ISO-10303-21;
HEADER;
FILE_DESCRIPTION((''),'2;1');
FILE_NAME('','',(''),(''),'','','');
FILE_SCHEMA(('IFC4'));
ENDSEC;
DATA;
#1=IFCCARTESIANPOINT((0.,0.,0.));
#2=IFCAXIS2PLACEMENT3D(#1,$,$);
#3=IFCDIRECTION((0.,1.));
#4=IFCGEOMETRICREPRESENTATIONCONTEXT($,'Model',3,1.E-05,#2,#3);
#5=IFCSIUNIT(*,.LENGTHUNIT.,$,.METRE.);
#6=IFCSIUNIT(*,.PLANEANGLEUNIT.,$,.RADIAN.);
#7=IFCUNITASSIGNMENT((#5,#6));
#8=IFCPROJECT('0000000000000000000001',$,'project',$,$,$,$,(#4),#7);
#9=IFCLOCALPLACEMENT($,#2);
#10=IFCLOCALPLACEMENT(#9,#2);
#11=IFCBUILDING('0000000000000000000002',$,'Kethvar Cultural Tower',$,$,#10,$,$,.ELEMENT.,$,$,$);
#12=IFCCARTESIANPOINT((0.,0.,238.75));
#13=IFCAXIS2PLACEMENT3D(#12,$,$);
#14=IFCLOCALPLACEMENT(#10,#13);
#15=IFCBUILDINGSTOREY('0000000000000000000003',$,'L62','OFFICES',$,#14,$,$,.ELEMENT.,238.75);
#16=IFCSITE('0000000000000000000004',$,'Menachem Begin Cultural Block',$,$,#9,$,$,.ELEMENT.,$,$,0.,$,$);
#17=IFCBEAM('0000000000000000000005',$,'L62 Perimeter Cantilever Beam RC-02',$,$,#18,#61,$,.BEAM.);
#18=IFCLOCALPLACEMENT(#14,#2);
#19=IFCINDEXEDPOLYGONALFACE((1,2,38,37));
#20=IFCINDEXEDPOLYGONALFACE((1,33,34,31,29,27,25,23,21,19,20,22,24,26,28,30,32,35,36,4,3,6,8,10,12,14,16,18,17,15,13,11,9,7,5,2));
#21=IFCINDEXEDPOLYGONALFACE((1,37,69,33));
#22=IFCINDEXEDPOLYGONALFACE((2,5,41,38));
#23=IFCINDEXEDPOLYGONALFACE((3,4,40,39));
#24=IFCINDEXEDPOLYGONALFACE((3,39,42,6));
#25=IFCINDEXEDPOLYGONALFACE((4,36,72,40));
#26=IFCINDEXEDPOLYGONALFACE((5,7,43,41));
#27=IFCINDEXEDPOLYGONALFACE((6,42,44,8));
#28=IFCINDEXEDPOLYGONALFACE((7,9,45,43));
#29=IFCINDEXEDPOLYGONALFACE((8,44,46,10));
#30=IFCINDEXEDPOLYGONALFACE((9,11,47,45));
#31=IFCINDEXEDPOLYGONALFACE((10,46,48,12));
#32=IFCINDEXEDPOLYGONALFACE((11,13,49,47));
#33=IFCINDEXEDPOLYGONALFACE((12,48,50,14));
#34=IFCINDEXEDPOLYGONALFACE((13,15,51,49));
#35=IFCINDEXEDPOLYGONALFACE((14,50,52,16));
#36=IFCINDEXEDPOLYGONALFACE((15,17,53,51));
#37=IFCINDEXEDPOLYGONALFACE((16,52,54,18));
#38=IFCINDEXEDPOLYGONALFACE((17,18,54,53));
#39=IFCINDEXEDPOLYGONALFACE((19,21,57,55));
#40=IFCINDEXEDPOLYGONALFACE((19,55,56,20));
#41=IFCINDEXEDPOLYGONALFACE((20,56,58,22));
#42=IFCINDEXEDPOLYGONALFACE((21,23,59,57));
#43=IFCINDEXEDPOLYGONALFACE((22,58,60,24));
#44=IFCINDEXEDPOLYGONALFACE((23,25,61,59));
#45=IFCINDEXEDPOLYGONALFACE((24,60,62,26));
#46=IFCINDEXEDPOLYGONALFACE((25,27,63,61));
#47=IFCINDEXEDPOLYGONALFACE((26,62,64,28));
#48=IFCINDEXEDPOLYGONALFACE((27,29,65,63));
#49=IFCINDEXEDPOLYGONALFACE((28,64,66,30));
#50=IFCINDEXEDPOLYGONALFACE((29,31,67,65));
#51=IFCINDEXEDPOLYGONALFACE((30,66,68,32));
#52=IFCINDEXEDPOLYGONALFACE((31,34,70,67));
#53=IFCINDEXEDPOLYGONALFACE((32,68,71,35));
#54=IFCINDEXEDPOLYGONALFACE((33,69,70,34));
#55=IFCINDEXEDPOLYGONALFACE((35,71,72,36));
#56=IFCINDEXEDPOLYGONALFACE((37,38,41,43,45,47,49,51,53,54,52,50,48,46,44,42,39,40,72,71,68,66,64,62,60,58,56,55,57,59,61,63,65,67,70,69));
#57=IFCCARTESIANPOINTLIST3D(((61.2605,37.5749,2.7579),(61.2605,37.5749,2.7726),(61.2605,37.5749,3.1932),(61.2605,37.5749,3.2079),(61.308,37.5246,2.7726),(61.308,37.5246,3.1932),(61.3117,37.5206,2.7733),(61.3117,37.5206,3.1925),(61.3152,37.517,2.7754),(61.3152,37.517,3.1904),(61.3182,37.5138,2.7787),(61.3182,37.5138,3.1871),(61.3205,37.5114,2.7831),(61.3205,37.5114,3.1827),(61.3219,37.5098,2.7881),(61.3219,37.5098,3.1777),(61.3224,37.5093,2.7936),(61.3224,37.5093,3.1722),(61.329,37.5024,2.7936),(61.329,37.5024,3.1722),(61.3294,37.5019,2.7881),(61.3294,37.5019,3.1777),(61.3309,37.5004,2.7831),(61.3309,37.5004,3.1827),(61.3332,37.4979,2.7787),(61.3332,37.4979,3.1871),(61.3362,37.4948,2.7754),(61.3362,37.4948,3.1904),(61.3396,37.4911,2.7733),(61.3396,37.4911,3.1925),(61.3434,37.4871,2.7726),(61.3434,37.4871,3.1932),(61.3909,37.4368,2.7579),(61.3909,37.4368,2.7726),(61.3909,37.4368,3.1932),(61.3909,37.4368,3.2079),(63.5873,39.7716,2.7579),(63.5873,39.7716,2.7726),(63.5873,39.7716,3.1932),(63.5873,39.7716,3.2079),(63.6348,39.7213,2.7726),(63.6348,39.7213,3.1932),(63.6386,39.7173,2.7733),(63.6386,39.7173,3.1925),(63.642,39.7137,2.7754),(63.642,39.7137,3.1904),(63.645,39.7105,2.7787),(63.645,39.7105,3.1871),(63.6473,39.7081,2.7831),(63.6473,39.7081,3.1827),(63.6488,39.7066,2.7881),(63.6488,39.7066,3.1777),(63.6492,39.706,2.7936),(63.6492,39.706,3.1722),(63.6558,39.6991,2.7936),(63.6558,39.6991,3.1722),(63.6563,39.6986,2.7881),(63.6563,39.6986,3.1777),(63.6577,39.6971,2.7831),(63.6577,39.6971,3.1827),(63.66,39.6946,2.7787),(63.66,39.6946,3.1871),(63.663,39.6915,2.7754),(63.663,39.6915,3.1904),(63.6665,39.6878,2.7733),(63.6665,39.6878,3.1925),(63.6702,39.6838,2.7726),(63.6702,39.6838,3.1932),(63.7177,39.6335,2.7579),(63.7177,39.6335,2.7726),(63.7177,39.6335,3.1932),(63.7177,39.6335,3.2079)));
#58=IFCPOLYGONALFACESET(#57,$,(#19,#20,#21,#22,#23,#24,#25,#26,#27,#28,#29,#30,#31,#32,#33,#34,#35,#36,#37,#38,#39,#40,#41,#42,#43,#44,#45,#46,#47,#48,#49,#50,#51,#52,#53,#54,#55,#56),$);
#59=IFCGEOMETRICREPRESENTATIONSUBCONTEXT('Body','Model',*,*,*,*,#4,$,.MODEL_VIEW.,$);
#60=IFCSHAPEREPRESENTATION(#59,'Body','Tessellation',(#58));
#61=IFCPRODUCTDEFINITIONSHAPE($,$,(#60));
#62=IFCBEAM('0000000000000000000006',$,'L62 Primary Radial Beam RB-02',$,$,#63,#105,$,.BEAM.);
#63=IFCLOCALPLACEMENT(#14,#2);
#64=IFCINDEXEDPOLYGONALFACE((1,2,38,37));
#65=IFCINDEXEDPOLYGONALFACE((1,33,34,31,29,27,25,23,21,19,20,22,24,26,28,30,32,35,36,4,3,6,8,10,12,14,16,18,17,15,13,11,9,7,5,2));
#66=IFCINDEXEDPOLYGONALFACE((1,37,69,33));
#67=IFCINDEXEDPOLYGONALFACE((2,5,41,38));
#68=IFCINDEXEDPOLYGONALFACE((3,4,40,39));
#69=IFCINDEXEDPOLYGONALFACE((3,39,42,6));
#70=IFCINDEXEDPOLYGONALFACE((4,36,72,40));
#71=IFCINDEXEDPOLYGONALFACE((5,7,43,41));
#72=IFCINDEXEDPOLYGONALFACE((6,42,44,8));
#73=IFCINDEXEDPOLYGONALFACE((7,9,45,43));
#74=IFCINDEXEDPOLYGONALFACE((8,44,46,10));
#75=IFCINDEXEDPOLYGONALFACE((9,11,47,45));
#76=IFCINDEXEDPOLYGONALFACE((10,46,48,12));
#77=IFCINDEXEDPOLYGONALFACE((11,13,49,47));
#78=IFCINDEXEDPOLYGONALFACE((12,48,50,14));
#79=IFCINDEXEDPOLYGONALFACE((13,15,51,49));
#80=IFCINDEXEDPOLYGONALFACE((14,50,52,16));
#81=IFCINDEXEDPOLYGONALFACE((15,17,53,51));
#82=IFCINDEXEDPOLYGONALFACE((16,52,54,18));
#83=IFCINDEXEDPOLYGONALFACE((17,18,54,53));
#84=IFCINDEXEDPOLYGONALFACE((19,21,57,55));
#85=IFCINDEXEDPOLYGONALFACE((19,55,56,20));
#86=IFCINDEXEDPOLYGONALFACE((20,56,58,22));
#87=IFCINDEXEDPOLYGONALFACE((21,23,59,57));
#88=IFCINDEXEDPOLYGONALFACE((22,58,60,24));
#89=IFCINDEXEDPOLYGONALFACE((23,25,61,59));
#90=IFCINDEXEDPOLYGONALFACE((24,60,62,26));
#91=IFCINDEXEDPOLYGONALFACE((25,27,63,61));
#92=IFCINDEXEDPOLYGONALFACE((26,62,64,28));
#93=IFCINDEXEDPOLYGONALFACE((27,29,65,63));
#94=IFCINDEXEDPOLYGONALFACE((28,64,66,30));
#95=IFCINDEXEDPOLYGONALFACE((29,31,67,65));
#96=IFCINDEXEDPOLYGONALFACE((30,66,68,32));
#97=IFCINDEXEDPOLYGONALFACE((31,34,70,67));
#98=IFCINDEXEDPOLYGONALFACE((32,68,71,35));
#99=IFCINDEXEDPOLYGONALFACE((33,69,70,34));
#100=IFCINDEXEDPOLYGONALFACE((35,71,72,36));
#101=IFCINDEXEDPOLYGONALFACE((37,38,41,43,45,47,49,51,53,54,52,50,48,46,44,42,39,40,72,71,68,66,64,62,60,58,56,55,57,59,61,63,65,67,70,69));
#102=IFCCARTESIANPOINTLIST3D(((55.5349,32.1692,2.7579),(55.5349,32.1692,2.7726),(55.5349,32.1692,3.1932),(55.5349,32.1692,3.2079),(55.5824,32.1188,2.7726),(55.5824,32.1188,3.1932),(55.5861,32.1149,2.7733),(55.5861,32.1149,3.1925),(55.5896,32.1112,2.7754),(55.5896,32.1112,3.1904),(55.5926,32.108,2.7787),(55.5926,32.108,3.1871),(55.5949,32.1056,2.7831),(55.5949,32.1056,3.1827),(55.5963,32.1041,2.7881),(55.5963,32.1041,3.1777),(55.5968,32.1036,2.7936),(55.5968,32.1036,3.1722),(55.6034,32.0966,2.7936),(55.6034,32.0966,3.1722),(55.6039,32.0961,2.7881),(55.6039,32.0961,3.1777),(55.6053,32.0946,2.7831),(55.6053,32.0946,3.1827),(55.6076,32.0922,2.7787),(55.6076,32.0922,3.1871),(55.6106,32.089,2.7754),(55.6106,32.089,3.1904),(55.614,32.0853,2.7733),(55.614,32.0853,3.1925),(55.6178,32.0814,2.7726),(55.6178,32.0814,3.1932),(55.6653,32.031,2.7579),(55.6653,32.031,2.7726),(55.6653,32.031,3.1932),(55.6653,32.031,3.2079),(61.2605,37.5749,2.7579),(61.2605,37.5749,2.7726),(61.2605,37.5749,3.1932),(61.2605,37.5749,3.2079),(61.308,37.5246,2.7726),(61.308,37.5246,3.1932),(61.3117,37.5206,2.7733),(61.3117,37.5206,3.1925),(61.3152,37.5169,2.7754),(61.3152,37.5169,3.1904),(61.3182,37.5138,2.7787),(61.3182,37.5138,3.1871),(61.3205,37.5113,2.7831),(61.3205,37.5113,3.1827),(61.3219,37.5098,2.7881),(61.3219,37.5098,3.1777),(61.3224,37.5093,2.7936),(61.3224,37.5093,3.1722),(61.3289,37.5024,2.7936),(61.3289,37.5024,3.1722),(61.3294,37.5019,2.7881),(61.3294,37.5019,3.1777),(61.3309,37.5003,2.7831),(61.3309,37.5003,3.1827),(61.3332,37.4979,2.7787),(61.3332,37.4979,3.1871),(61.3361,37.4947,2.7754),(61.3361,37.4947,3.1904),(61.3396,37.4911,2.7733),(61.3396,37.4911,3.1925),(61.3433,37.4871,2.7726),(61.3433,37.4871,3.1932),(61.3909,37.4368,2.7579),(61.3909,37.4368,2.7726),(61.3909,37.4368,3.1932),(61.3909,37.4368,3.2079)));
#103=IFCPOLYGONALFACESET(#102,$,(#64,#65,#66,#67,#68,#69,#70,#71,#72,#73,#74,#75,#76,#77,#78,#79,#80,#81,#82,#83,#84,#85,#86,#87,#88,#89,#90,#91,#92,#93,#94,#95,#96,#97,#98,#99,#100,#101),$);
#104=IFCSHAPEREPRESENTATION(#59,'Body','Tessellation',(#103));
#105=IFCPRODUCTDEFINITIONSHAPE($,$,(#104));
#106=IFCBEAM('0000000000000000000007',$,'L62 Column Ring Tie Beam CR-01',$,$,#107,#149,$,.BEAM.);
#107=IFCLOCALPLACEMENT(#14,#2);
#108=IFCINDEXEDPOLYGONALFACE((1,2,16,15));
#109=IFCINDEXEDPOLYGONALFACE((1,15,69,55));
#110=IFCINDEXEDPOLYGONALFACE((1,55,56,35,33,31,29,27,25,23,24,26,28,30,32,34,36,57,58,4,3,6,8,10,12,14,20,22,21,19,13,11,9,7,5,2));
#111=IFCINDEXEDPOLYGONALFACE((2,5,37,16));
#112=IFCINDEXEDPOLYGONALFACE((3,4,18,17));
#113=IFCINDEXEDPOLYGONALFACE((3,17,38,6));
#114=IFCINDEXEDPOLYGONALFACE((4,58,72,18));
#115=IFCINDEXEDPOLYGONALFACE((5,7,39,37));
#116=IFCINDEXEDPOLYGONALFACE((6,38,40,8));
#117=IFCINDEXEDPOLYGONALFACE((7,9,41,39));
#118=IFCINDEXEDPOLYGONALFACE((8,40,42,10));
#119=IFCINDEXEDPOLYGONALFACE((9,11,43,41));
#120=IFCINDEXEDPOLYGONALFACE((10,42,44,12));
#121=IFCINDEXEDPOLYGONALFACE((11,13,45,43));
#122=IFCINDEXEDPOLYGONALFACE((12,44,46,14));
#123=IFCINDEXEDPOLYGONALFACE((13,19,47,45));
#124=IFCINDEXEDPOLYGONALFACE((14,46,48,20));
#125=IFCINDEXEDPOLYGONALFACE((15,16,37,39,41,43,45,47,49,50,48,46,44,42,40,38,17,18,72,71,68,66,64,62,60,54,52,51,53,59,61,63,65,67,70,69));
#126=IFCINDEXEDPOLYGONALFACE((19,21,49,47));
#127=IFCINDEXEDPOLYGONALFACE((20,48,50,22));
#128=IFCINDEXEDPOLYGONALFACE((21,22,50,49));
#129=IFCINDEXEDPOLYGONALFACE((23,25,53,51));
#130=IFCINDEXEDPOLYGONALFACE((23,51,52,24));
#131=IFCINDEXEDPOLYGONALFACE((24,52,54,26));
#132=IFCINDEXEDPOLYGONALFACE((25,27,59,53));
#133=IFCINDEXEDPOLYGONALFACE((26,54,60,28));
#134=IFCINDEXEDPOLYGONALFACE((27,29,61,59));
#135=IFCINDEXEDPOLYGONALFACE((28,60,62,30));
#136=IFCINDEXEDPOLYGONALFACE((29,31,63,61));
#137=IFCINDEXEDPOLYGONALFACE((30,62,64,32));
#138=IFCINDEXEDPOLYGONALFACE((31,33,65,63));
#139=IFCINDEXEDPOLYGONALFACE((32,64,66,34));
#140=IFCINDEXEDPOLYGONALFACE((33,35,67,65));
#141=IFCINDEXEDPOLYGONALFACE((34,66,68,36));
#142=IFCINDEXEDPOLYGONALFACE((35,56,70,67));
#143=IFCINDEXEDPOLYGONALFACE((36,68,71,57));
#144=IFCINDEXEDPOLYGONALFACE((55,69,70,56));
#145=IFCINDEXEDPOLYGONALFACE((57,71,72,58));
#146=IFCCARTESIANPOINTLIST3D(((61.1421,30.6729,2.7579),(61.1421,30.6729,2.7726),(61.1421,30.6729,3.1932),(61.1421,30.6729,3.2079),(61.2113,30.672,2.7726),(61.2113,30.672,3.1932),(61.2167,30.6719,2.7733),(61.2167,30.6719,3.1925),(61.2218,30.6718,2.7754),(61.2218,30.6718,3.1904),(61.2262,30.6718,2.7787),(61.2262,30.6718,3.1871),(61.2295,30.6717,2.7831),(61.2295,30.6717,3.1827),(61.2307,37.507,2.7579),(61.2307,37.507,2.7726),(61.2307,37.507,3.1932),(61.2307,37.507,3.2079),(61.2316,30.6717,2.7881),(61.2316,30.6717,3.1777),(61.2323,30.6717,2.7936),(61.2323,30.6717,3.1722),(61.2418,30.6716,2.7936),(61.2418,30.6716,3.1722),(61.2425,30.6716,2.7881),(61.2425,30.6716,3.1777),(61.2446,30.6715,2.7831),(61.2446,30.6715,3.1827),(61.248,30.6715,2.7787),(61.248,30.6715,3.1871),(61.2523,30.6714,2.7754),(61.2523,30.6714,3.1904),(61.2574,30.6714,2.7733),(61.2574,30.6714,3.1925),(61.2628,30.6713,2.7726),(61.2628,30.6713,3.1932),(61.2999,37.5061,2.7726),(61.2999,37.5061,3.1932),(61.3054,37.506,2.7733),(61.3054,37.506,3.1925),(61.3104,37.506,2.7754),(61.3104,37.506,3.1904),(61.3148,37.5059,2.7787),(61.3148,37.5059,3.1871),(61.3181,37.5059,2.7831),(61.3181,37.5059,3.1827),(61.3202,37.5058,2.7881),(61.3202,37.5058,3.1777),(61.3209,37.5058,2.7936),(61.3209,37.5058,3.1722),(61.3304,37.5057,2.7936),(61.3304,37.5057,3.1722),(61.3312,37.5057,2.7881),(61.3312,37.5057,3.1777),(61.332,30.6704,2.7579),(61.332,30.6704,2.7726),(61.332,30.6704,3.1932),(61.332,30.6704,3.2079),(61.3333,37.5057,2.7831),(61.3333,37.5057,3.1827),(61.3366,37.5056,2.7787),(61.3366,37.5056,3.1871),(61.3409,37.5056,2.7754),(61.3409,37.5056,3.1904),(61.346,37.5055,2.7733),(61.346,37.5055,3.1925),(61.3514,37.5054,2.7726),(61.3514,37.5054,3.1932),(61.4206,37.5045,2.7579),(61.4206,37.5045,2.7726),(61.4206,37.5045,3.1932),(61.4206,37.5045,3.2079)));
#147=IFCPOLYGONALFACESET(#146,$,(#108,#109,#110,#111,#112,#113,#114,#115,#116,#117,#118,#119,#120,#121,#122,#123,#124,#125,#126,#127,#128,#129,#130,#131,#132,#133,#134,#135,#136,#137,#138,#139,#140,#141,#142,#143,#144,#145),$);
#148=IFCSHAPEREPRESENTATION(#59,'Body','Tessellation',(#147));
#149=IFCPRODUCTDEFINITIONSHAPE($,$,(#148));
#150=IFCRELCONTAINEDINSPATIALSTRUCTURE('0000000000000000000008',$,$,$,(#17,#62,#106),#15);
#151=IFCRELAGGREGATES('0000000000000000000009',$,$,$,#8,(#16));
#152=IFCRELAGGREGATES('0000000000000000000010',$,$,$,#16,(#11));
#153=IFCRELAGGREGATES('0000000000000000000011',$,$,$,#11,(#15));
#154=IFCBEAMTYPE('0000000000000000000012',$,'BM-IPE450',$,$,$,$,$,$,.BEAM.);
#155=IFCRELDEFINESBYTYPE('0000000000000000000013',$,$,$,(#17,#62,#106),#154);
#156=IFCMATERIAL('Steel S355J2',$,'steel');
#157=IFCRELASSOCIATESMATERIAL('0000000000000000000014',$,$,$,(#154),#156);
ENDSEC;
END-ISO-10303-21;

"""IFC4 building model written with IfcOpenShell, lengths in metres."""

from ifc_helpers import new_model, si_unit, direction, frame, origin, origin_2d, place, context, subcontext, project, spatial, i_section, extrude, source, transform, mapped, material, material_profile, profile_set, type_object, element, save


model = new_model("IFC4")

# Units and contexts
model_context = context("Model", 3, precision=1e-05, world=origin(), true_north=direction((0.0, 1.0)))
body_context = subcontext(model_context, "Body", "Model", "MODEL_VIEW")
ifc_project = project(units=[si_unit("LENGTHUNIT", "METRE"), si_unit("PLANEANGLEUNIT", "RADIAN")], contexts=[model_context])

# Site, building, storey
site_placement = place(None, origin())
site = spatial("IfcSite", under=ifc_project, at=site_placement, Name="Menachem Begin Cultural Block", CompositionType="ELEMENT", RefElevation=0.0)
building_placement = place(site_placement, origin())
building = spatial("IfcBuilding", under=site, at=building_placement, Name="Kethvar Cultural Tower", CompositionType="ELEMENT")
storey_placement = place(building_placement, frame((0.0, 0.0, 238.75)))
storey = spatial("IfcBuildingStorey", under=building, at=storey_placement, Name="L62", Description="OFFICES", CompositionType="ELEMENT", Elevation=238.75)

# Beams
ifc_material_1 = material(Name="Steel S355J2", Category="steel")
ifc_material_profile_1 = material_profile(ifc_material_1, i_section(OverallWidth=0.1899, OverallDepth=0.45, WebThickness=0.0095, FlangeThickness=0.0146, FilletRadius=0.021, at=origin_2d()), Name="Steel S355J2 — IPE450")
ifc_profile_set_1 = profile_set([ifc_material_profile_1], Name="Steel S355J2 — IPE450")
beam_type_1 = type_object("IfcBeamType", Name="BM-IPE450", PredefinedType="BEAM", material=ifc_profile_set_1)
shared_shape_1 = source(origin(), body_context, "Body", "SweptSolid", [
    extrude(i_section(OverallWidth=0.1899, OverallDepth=0.45, WebThickness=0.0095, FlangeThickness=0.0146, FilletRadius=0.021, at=origin_2d()), origin(), (0.0, 0.0, 1.0), 3.2),
])
for number, where, z_axis, x_axis, name in (
    (1, (61.3257, 37.5059, 2.9829), (0.727146, 0.686482, 0.0), (-0.686482, 0.727146, 0.0), "L62 Perimeter Cantilever Beam RC-02"),
):
    element("IfcBeam", number, at=place(storey_placement, frame(where, z_axis=z_axis, x_axis=x_axis)), inside=storey, type_object=beam_type_1, Name=name, PredefinedType="BEAM", context=body_context, shape_type="MappedRepresentation", body=[
        mapped(shared_shape_1, transform((0.0, 0.0, 0.0), scale=1.0)),
    ])
shared_shape_2 = source(origin(), body_context, "Body", "SweptSolid", [
    extrude(i_section(OverallWidth=0.1899, OverallDepth=0.45, WebThickness=0.0095, FlangeThickness=0.0146, FilletRadius=0.021, at=origin_2d()), origin(), (0.0, 0.0, 1.0), 7.8743),
])
beam_1_placement = place(storey_placement, frame((55.6001, 32.1001, 2.9829), z_axis=(0.727123, 0.686507, 0.0), x_axis=(-0.686507, 0.727123, 0.0)))
element("IfcBeam", 2, at=beam_1_placement, inside=storey, type_object=beam_type_1, Name="L62 Primary Radial Beam RB-02", PredefinedType="BEAM", context=body_context, shape_type="MappedRepresentation", body=[
    mapped(shared_shape_2, transform((0.0, 0.0, 0.0), scale=1.0)),
])
shared_shape_3 = source(origin(), body_context, "Body", "SweptSolid", [
    extrude(i_section(OverallWidth=0.1899, OverallDepth=0.45, WebThickness=0.0095, FlangeThickness=0.0146, FilletRadius=0.021, at=origin_2d()), origin(), (0.0, 0.0, 1.0), 6.8347),
])
beam_2_placement = place(storey_placement, frame((61.2371, 30.6716, 2.9829), z_axis=(0.012966, 0.999916, 0.0), x_axis=(-0.999916, 0.012966, 0.0)))
element("IfcBeam", 3, at=beam_2_placement, inside=storey, type_object=beam_type_1, Name="L62 Column Ring Tie Beam CR-01", PredefinedType="BEAM", context=body_context, shape_type="MappedRepresentation", body=[
    mapped(shared_shape_3, transform((0.0, 0.0, 0.0), scale=1.0)),
])

save(model, "model.ifc")
